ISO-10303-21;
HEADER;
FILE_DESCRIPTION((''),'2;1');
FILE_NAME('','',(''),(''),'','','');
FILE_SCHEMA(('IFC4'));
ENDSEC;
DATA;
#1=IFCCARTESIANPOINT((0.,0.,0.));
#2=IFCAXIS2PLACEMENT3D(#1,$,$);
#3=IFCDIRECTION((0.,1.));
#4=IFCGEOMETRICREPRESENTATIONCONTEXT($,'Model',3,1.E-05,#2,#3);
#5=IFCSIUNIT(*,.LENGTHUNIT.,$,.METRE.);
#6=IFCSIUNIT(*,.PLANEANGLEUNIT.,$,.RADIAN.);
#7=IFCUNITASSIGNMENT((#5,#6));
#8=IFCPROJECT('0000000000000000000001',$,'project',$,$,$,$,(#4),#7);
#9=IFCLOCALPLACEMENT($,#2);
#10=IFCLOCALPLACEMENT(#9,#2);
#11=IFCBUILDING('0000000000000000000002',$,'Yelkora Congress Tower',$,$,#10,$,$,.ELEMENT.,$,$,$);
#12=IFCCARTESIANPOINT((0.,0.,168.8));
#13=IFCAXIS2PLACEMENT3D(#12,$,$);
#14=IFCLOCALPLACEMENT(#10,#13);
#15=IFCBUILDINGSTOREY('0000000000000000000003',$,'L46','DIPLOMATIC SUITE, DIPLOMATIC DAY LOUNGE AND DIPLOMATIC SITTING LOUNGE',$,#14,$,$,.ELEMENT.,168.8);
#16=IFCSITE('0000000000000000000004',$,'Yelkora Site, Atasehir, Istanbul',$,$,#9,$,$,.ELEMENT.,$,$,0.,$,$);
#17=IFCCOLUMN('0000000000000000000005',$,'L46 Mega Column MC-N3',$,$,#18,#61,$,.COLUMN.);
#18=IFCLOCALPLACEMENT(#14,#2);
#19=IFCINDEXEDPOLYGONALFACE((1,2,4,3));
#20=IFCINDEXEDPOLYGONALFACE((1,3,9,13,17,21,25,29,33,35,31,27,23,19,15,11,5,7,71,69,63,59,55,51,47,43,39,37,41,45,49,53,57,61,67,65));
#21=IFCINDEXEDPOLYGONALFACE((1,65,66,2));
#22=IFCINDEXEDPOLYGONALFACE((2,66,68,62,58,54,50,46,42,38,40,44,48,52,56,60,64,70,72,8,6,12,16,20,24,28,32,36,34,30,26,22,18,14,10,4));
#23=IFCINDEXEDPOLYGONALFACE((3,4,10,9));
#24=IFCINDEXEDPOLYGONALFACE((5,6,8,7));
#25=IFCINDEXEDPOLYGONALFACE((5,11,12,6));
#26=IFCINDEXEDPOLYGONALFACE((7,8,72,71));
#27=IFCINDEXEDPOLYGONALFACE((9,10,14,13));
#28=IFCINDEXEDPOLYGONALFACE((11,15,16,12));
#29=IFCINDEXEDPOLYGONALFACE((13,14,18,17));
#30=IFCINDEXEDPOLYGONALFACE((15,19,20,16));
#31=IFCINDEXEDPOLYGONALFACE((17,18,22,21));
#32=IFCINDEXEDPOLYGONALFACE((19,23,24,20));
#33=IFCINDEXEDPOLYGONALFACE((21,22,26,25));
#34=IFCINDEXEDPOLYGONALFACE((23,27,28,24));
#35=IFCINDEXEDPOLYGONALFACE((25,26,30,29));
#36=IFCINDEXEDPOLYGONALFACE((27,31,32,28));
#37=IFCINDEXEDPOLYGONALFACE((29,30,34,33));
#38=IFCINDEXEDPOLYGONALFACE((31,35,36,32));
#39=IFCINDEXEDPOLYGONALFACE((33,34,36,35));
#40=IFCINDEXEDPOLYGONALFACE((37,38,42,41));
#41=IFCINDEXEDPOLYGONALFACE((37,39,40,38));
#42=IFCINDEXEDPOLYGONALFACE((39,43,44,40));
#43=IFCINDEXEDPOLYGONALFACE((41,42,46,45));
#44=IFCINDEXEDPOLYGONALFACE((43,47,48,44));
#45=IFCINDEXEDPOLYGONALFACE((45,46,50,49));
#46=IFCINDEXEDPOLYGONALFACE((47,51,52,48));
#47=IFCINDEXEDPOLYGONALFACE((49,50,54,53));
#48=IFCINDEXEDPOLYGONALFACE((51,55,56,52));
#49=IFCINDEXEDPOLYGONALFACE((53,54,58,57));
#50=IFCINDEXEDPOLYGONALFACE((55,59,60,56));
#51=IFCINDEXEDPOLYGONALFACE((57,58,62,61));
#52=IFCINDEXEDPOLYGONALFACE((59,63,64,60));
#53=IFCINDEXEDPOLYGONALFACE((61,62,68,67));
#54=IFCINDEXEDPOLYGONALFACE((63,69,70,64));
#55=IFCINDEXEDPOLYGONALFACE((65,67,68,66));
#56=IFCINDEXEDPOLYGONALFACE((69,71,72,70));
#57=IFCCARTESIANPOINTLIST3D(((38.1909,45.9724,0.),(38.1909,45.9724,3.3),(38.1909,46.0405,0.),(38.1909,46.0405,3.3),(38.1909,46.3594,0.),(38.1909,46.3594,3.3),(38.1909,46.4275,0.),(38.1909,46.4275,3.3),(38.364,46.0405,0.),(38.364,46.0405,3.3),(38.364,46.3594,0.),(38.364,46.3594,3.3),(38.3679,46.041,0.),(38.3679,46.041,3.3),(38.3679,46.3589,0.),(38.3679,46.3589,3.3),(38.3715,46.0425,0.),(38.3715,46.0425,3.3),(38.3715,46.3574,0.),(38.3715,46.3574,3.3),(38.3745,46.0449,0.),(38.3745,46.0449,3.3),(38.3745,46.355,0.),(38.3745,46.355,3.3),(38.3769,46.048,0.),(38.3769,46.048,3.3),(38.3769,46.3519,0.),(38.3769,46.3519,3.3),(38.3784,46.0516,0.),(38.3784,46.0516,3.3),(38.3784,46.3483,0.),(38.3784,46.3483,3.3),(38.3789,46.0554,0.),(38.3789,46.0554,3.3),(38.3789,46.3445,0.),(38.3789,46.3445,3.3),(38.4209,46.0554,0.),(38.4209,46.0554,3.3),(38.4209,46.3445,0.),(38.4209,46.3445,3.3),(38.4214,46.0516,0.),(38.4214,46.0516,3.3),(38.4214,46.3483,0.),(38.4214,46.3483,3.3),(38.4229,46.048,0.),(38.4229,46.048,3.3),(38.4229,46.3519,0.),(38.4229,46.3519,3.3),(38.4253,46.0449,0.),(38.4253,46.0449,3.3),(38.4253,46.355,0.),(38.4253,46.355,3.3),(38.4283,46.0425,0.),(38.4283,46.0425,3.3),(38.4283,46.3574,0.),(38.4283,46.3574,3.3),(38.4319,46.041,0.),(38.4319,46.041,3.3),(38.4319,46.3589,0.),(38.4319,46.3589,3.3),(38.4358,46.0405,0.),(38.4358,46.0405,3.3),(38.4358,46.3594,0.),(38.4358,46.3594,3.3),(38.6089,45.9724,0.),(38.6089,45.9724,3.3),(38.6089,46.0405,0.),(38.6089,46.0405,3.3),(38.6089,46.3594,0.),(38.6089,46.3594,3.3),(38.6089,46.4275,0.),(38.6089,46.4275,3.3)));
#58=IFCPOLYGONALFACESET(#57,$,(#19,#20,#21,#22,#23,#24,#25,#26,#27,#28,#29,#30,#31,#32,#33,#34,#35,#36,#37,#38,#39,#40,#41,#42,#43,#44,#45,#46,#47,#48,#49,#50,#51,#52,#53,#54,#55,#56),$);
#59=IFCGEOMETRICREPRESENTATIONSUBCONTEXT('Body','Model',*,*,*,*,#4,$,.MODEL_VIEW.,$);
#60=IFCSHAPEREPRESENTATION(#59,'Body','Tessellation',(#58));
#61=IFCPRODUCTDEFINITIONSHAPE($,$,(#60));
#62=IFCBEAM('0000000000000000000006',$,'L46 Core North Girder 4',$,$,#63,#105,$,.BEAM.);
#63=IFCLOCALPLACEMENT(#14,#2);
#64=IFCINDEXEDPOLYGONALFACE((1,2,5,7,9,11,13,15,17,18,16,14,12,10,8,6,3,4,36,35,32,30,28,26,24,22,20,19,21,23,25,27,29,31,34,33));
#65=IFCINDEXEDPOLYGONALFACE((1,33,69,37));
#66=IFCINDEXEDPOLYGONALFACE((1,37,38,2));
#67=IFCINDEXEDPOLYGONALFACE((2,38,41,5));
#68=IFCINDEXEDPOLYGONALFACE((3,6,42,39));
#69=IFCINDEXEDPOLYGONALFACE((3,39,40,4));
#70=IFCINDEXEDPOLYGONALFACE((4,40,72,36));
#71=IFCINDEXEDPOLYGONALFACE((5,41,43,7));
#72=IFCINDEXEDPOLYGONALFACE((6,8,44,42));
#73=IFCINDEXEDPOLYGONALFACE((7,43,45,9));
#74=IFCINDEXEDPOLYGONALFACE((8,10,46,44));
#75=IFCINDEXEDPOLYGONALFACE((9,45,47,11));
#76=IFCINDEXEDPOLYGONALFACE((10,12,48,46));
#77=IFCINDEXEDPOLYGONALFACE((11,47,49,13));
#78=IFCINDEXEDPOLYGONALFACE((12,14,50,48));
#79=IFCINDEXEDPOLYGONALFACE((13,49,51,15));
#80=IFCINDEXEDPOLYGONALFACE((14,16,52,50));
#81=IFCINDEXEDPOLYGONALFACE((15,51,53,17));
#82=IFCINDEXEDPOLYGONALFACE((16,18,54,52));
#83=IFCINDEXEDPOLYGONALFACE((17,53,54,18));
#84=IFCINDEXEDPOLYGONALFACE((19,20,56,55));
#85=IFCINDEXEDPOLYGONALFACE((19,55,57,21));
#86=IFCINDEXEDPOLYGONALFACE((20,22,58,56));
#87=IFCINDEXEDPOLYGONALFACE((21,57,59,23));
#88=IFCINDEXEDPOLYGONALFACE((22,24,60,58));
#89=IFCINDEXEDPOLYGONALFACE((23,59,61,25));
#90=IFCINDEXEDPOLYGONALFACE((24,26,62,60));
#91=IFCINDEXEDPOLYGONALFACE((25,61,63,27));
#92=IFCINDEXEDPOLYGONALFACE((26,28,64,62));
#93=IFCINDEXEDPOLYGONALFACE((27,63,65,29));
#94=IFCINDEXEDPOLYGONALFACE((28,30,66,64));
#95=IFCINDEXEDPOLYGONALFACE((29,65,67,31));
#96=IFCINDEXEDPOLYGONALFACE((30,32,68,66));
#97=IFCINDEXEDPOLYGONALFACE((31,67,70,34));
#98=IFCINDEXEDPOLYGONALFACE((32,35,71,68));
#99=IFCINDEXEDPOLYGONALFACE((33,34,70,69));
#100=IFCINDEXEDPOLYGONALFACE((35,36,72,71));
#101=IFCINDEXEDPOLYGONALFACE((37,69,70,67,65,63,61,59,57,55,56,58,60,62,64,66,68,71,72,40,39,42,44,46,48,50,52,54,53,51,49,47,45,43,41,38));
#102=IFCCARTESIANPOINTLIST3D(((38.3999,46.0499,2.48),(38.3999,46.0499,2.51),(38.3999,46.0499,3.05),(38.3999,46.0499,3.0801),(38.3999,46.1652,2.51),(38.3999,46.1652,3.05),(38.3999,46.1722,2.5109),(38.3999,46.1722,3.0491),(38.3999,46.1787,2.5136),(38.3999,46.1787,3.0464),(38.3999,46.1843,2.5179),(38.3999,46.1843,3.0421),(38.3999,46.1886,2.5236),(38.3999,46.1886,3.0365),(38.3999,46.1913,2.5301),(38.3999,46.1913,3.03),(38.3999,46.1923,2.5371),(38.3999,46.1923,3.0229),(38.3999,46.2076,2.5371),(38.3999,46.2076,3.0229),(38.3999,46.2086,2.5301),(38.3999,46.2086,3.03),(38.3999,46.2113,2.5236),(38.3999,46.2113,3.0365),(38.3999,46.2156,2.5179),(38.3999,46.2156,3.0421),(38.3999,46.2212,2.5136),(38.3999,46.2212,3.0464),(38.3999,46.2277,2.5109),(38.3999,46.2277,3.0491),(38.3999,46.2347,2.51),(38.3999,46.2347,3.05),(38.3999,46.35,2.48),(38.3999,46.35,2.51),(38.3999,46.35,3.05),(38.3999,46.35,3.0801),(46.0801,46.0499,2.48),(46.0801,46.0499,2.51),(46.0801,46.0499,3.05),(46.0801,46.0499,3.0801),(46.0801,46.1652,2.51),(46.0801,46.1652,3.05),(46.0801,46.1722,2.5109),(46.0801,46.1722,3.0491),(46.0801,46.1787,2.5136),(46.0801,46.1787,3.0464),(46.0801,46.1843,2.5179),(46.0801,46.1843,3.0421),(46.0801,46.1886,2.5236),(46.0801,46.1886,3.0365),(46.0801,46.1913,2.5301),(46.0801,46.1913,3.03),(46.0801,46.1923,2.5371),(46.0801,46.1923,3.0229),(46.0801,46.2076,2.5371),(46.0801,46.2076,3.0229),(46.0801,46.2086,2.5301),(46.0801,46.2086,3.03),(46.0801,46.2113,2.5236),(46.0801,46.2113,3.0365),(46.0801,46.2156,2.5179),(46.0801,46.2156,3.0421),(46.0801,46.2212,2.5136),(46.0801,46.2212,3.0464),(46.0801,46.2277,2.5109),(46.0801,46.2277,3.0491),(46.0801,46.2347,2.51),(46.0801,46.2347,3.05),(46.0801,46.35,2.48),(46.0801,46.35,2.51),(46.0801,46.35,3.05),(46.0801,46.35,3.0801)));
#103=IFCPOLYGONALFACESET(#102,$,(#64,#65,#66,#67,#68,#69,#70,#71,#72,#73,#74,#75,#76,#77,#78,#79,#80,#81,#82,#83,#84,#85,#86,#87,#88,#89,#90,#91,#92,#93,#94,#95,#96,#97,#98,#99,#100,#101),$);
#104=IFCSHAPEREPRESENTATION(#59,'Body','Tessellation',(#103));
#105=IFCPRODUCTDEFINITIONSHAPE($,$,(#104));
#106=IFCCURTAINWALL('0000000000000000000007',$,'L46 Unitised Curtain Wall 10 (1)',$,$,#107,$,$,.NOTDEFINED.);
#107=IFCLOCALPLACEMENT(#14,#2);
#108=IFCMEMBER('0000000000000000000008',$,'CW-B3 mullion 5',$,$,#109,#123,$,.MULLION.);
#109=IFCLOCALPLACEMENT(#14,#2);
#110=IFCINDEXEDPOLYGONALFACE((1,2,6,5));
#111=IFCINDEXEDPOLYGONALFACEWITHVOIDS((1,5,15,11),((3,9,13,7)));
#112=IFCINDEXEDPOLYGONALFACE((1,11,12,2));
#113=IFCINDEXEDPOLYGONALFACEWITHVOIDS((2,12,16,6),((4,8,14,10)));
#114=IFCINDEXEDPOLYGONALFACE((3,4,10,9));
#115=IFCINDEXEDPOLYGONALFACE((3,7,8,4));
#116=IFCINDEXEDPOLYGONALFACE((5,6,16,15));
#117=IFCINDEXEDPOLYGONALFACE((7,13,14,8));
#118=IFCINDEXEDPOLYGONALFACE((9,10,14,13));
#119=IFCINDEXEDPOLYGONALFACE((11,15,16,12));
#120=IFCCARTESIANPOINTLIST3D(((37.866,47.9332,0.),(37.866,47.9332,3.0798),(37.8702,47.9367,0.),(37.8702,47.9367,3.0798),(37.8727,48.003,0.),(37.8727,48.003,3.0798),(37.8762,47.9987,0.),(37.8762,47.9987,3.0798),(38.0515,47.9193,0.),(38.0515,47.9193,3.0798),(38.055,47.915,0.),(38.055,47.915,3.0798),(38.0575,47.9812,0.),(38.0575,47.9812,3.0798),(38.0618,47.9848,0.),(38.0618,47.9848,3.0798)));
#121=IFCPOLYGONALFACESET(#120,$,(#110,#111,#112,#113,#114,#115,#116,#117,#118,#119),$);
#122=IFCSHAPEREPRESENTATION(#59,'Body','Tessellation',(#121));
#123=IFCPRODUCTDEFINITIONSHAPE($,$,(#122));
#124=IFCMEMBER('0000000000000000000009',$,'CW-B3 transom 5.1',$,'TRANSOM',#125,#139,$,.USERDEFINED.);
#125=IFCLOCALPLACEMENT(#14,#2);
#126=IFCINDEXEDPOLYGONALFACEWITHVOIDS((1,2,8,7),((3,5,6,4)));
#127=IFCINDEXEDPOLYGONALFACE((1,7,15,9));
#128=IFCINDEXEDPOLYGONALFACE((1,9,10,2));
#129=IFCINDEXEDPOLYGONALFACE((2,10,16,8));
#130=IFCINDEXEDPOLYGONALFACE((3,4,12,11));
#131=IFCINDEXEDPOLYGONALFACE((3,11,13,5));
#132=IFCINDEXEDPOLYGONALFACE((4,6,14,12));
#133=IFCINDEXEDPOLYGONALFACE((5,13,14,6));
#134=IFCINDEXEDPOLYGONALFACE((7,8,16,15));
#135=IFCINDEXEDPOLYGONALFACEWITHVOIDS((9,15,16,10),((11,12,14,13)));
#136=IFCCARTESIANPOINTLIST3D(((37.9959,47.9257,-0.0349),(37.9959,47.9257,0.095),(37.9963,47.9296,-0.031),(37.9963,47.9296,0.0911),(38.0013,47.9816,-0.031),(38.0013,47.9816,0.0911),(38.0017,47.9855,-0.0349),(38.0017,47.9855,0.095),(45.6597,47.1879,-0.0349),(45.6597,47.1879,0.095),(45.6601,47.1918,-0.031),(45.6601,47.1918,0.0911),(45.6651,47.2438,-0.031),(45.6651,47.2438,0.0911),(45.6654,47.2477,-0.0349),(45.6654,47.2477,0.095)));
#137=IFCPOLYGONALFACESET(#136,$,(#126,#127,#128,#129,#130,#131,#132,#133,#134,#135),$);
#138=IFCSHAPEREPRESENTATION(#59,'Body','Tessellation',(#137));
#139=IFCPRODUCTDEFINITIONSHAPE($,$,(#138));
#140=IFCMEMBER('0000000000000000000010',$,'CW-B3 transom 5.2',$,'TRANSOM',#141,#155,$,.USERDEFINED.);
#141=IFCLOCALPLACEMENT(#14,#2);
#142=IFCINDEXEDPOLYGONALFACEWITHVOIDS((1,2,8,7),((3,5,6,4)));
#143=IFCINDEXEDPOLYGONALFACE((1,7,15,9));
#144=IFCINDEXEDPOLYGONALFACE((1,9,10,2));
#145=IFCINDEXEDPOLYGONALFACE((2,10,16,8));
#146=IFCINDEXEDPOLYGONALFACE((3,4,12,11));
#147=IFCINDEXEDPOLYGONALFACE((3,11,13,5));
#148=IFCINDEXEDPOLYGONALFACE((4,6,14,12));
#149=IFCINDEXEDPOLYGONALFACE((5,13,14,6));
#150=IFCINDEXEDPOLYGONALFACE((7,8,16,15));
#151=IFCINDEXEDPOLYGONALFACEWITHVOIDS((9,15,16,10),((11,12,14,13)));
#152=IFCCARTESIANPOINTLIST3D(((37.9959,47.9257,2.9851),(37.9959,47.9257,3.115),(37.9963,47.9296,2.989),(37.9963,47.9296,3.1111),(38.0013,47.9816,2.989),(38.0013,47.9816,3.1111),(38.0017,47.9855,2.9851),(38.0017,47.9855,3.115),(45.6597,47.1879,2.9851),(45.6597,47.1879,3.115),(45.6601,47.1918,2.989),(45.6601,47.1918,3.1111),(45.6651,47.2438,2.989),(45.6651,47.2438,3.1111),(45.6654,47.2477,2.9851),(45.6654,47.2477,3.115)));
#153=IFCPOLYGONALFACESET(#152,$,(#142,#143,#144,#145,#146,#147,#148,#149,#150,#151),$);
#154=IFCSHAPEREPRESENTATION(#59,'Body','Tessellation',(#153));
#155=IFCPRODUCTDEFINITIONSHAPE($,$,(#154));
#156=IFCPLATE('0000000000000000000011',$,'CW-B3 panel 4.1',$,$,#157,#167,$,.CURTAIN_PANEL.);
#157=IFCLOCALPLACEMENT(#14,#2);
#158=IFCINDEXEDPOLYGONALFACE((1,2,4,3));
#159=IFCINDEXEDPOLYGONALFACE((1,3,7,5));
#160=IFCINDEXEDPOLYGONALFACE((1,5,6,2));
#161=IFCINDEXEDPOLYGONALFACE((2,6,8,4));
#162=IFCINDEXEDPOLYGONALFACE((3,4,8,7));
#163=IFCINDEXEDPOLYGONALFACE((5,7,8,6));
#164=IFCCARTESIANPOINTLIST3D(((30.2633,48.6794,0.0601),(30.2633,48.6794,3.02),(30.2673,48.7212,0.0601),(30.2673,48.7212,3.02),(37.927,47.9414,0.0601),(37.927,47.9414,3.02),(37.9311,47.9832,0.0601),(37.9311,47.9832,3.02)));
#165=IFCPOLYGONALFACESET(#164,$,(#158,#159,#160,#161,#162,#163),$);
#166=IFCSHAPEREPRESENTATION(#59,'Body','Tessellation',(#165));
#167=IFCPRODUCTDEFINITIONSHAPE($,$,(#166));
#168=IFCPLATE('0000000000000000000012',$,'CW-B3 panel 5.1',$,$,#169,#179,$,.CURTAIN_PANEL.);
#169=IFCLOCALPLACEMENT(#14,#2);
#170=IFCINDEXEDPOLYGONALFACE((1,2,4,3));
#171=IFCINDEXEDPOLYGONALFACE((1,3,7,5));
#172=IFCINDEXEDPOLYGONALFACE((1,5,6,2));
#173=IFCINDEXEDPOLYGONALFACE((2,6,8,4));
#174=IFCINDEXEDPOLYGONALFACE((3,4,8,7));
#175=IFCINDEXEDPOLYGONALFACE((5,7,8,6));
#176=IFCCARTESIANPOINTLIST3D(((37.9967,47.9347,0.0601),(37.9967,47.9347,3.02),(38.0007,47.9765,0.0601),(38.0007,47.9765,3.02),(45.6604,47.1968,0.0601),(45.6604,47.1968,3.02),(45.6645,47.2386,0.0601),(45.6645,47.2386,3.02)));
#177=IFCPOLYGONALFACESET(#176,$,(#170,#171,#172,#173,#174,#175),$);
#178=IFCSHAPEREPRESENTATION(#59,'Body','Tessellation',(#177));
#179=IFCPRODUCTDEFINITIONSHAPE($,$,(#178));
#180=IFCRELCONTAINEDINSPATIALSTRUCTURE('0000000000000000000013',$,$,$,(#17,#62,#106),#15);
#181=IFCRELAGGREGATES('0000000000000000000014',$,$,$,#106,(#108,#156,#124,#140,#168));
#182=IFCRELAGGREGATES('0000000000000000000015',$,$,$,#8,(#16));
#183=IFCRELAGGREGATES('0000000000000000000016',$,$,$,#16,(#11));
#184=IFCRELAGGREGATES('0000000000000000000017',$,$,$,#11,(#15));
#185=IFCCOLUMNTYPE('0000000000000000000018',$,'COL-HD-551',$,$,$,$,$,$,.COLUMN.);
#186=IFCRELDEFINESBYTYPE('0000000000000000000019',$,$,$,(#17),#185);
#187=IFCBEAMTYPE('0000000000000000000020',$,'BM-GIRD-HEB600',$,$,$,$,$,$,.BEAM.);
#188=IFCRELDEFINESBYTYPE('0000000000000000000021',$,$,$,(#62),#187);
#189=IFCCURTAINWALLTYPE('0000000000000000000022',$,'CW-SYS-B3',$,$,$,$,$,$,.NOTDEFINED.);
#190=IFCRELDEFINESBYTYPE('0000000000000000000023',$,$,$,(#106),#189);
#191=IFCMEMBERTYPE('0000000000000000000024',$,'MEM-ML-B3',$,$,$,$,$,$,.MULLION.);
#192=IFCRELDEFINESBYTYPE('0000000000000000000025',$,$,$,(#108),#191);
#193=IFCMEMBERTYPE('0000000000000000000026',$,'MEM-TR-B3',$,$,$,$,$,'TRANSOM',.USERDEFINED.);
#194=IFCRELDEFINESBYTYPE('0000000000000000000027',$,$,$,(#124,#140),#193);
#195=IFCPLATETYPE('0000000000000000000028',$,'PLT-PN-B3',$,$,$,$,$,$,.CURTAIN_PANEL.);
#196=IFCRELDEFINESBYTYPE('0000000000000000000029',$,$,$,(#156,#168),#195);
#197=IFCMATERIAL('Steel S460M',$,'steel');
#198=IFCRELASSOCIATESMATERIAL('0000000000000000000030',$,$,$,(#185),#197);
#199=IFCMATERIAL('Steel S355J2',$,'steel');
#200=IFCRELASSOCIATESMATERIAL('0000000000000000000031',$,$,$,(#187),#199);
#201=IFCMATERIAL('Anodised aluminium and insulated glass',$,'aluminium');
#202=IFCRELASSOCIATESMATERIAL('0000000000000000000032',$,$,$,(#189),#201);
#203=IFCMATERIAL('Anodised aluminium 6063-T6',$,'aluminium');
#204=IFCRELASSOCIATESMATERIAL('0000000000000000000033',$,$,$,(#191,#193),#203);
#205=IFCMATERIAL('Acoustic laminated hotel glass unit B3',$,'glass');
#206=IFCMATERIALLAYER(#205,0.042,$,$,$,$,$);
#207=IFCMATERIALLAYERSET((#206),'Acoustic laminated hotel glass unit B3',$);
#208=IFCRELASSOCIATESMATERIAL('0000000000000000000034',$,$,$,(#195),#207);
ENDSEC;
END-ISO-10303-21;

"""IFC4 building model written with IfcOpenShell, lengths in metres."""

from ifc_helpers import new_model, si_unit, direction, frame, origin, origin_2d, place, context, subcontext, project, spatial, rectangle, hollow_rectangle, i_section, extrude, material, layer, layer_set, material_profile, profile_set, type_object, element, aggregate, save


model = new_model("IFC4")

# Units and contexts
model_context = context("Model", 3, precision=1e-05, world=origin(), true_north=direction((0.0, 1.0)))
body_context = subcontext(model_context, "Body", "Model", "MODEL_VIEW")
ifc_project = project(units=[si_unit("LENGTHUNIT", "METRE"), si_unit("PLANEANGLEUNIT", "RADIAN")], contexts=[model_context])

# Site, building, storey
site_placement = place(None, origin())
site = spatial("IfcSite", under=ifc_project, at=site_placement, Name="Yelkora Site, Atasehir, Istanbul", CompositionType="ELEMENT", RefElevation=0.0)
building_placement = place(site_placement, origin())
building = spatial("IfcBuilding", under=site, at=building_placement, Name="Yelkora Congress Tower", CompositionType="ELEMENT")
storey_placement = place(building_placement, frame((0.0, 0.0, 168.8)))
storey = spatial("IfcBuildingStorey", under=building, at=storey_placement, Name="L46", Description="DIPLOMATIC SUITE, DIPLOMATIC DAY LOUNGE AND DIPLOMATIC SITTING LOUNGE", CompositionType="ELEMENT", Elevation=168.8)

# Column
ifc_material_1 = material(Name="Steel S460M", Category="steel")
ifc_material_profile_1 = material_profile(ifc_material_1, i_section(OverallWidth=0.418, OverallDepth=0.4551, WebThickness=0.042, FlangeThickness=0.0681, FilletRadius=0.0149, at=origin_2d()), Name="HD 400x551")
ifc_profile_set_1 = profile_set([ifc_material_profile_1], Name="Steel S460M")
column_type = type_object("IfcColumnType", Name="COL-HD-551", PredefinedType="COLUMN", material=ifc_profile_set_1)
column_placement = place(storey_placement, frame((38.3999, 46.2, 0.0), z_axis=(0.0, 0.0, 1.0), x_axis=(1.0, 0.0, 0.0)))
element("IfcColumn", 1, at=column_placement, inside=storey, type_object=column_type, Name="L46 Mega Column MC-N3", PredefinedType="COLUMN", context=body_context, shape_type="SweptSolid", body=[
    extrude(i_section(OverallWidth=0.418, OverallDepth=0.4551, WebThickness=0.042, FlangeThickness=0.0681, FilletRadius=0.0149, at=origin_2d()), origin(), (0.0, 0.0, 1.0), 3.3),
])

# Beam
ifc_material_2 = material(Name="Steel S355J2", Category="steel")
ifc_material_profile_2 = material_profile(ifc_material_2, i_section(OverallWidth=0.3, OverallDepth=0.6001, WebThickness=0.0154, FlangeThickness=0.03, FilletRadius=0.0271, at=origin_2d()), Name="HEB 600")
ifc_profile_set_2 = profile_set([ifc_material_profile_2], Name="Steel S355J2")
beam_type = type_object("IfcBeamType", Name="BM-GIRD-HEB600", PredefinedType="BEAM", material=ifc_profile_set_2)
beam_placement = place(storey_placement, frame((38.3999, 46.2, 2.78), z_axis=(1.0, 0.0, 0.0), x_axis=(0.0, 1.0, 0.0)))
element("IfcBeam", 2, at=beam_placement, inside=storey, type_object=beam_type, Name="L46 Core North Girder 4", PredefinedType="BEAM", context=body_context, shape_type="SweptSolid", body=[
    extrude(i_section(OverallWidth=0.3, OverallDepth=0.6001, WebThickness=0.0154, FlangeThickness=0.03, FilletRadius=0.0271, at=origin_2d()), origin(), (0.0, 0.0, 1.0), 7.6802),
])

# Curtain wall, members, plates
ifc_material_3 = material(Name="Anodised aluminium and insulated glass", Category="aluminium")
curtain_wall_type = type_object("IfcCurtainWallType", Name="CW-SYS-B3", PredefinedType="NOTDEFINED", material=ifc_material_3)
curtain_wall_placement = place(storey_placement, origin())
curtain_wall = element("IfcCurtainWall", 3, at=curtain_wall_placement, inside=storey, type_object=curtain_wall_type, Name="L46 Unitised Curtain Wall 10 (1)", PredefinedType="NOTDEFINED")
ifc_material_4 = material(Name="Anodised aluminium 6063-T6", Category="aluminium")
ifc_material_profile_3 = material_profile(ifc_material_4, hollow_rectangle(XDim=0.0701, YDim=0.1899, WallThickness=0.0039, at=origin_2d()), Name="ALU 70x190x4")
ifc_profile_set_3 = profile_set([ifc_material_profile_3], Name="Anodised aluminium 6063-T6")
member_type_1 = type_object("IfcMemberType", Name="MEM-ML-B3", PredefinedType="MULLION", material=ifc_profile_set_3)
member_1_placement = place(storey_placement, frame((37.9639, 47.959, 0.0), z_axis=(0.0, 0.0, 1.0), x_axis=(0.095845, 0.995396, 0.0)))
member_1 = element("IfcMember", 4, at=member_1_placement, type_object=member_type_1, Name="CW-B3 mullion 5", PredefinedType="MULLION", context=body_context, shape_type="SweptSolid", body=[
    extrude(hollow_rectangle(XDim=0.0701, YDim=0.1899, WallThickness=0.0039, at=origin_2d()), origin(), (0.0, 0.0, 1.0), 3.0798),
])
ifc_material_profile_4 = material_profile(ifc_material_4, hollow_rectangle(XDim=0.0601, YDim=0.1299, WallThickness=0.0039, at=origin_2d()), Name="ALU 60x130x4")
ifc_profile_set_4 = profile_set([ifc_material_profile_4], Name="Anodised aluminium 6063-T6")
member_type_2 = type_object("IfcMemberType", Name="MEM-TR-B3", ElementType="TRANSOM", PredefinedType="USERDEFINED", material=ifc_profile_set_4)
member_2_placement = place(storey_placement, frame((37.9988, 47.9556, 0.03), z_axis=(0.995398, -0.095827, 0.0), x_axis=(0.095827, 0.995398, 0.0)))
member_2 = element("IfcMember", 5, at=member_2_placement, type_object=member_type_2, Name="CW-B3 transom 5.1", ObjectType="TRANSOM", PredefinedType="USERDEFINED", context=body_context, shape_type="SweptSolid", body=[
    extrude(hollow_rectangle(XDim=0.0601, YDim=0.1299, WallThickness=0.0039, at=origin_2d()), origin(), (0.0, 0.0, 1.0), 7.6992),
])
member_3_placement = place(storey_placement, frame((37.9988, 47.9556, 3.05), z_axis=(0.995398, -0.095827, 0.0), x_axis=(0.095827, 0.995398, 0.0)))
member_3 = element("IfcMember", 6, at=member_3_placement, type_object=member_type_2, Name="CW-B3 transom 5.2", ObjectType="TRANSOM", PredefinedType="USERDEFINED", context=body_context, shape_type="SweptSolid", body=[
    extrude(hollow_rectangle(XDim=0.0601, YDim=0.1299, WallThickness=0.0039, at=origin_2d()), origin(), (0.0, 0.0, 1.0), 7.6992),
])
ifc_material_5 = material(Name="Acoustic laminated hotel glass unit B3", Category="glass")
ifc_layer_1 = layer(ifc_material_5, 0.042)
ifc_layer_set_1 = layer_set([ifc_layer_1], Name="Acoustic laminated hotel glass unit B3")
plate_type = type_object("IfcPlateType", Name="PLT-PN-B3", PredefinedType="CURTAIN_PANEL", material=ifc_layer_set_1)
plate_1_placement = place(storey_placement, frame((34.0972, 48.3313, 0.0601), z_axis=(0.0, 0.0, 1.0), x_axis=(0.995396, -0.095845, 0.0)))
plate_1 = element("IfcPlate", 7, at=plate_1_placement, type_object=plate_type, Name="CW-B3 panel 4.1", PredefinedType="CURTAIN_PANEL", context=body_context, shape_type="SweptSolid", body=[
    extrude(rectangle(XDim=7.6992, YDim=0.042, at=origin_2d()), origin(), (0.0, 0.0, 1.0), 2.96),
])
plate_2_placement = place(storey_placement, frame((41.8306, 47.5867, 0.0601), z_axis=(0.0, 0.0, 1.0), x_axis=(0.995396, -0.095845, 0.0)))
plate_2 = element("IfcPlate", 8, at=plate_2_placement, type_object=plate_type, Name="CW-B3 panel 5.1", PredefinedType="CURTAIN_PANEL", context=body_context, shape_type="SweptSolid", body=[
    extrude(rectangle(XDim=7.6992, YDim=0.042, at=origin_2d()), origin(), (0.0, 0.0, 1.0), 2.96),
])
aggregate(curtain_wall, [member_1, plate_1, member_2, member_3, plate_2])

save(model, "model.ifc")
